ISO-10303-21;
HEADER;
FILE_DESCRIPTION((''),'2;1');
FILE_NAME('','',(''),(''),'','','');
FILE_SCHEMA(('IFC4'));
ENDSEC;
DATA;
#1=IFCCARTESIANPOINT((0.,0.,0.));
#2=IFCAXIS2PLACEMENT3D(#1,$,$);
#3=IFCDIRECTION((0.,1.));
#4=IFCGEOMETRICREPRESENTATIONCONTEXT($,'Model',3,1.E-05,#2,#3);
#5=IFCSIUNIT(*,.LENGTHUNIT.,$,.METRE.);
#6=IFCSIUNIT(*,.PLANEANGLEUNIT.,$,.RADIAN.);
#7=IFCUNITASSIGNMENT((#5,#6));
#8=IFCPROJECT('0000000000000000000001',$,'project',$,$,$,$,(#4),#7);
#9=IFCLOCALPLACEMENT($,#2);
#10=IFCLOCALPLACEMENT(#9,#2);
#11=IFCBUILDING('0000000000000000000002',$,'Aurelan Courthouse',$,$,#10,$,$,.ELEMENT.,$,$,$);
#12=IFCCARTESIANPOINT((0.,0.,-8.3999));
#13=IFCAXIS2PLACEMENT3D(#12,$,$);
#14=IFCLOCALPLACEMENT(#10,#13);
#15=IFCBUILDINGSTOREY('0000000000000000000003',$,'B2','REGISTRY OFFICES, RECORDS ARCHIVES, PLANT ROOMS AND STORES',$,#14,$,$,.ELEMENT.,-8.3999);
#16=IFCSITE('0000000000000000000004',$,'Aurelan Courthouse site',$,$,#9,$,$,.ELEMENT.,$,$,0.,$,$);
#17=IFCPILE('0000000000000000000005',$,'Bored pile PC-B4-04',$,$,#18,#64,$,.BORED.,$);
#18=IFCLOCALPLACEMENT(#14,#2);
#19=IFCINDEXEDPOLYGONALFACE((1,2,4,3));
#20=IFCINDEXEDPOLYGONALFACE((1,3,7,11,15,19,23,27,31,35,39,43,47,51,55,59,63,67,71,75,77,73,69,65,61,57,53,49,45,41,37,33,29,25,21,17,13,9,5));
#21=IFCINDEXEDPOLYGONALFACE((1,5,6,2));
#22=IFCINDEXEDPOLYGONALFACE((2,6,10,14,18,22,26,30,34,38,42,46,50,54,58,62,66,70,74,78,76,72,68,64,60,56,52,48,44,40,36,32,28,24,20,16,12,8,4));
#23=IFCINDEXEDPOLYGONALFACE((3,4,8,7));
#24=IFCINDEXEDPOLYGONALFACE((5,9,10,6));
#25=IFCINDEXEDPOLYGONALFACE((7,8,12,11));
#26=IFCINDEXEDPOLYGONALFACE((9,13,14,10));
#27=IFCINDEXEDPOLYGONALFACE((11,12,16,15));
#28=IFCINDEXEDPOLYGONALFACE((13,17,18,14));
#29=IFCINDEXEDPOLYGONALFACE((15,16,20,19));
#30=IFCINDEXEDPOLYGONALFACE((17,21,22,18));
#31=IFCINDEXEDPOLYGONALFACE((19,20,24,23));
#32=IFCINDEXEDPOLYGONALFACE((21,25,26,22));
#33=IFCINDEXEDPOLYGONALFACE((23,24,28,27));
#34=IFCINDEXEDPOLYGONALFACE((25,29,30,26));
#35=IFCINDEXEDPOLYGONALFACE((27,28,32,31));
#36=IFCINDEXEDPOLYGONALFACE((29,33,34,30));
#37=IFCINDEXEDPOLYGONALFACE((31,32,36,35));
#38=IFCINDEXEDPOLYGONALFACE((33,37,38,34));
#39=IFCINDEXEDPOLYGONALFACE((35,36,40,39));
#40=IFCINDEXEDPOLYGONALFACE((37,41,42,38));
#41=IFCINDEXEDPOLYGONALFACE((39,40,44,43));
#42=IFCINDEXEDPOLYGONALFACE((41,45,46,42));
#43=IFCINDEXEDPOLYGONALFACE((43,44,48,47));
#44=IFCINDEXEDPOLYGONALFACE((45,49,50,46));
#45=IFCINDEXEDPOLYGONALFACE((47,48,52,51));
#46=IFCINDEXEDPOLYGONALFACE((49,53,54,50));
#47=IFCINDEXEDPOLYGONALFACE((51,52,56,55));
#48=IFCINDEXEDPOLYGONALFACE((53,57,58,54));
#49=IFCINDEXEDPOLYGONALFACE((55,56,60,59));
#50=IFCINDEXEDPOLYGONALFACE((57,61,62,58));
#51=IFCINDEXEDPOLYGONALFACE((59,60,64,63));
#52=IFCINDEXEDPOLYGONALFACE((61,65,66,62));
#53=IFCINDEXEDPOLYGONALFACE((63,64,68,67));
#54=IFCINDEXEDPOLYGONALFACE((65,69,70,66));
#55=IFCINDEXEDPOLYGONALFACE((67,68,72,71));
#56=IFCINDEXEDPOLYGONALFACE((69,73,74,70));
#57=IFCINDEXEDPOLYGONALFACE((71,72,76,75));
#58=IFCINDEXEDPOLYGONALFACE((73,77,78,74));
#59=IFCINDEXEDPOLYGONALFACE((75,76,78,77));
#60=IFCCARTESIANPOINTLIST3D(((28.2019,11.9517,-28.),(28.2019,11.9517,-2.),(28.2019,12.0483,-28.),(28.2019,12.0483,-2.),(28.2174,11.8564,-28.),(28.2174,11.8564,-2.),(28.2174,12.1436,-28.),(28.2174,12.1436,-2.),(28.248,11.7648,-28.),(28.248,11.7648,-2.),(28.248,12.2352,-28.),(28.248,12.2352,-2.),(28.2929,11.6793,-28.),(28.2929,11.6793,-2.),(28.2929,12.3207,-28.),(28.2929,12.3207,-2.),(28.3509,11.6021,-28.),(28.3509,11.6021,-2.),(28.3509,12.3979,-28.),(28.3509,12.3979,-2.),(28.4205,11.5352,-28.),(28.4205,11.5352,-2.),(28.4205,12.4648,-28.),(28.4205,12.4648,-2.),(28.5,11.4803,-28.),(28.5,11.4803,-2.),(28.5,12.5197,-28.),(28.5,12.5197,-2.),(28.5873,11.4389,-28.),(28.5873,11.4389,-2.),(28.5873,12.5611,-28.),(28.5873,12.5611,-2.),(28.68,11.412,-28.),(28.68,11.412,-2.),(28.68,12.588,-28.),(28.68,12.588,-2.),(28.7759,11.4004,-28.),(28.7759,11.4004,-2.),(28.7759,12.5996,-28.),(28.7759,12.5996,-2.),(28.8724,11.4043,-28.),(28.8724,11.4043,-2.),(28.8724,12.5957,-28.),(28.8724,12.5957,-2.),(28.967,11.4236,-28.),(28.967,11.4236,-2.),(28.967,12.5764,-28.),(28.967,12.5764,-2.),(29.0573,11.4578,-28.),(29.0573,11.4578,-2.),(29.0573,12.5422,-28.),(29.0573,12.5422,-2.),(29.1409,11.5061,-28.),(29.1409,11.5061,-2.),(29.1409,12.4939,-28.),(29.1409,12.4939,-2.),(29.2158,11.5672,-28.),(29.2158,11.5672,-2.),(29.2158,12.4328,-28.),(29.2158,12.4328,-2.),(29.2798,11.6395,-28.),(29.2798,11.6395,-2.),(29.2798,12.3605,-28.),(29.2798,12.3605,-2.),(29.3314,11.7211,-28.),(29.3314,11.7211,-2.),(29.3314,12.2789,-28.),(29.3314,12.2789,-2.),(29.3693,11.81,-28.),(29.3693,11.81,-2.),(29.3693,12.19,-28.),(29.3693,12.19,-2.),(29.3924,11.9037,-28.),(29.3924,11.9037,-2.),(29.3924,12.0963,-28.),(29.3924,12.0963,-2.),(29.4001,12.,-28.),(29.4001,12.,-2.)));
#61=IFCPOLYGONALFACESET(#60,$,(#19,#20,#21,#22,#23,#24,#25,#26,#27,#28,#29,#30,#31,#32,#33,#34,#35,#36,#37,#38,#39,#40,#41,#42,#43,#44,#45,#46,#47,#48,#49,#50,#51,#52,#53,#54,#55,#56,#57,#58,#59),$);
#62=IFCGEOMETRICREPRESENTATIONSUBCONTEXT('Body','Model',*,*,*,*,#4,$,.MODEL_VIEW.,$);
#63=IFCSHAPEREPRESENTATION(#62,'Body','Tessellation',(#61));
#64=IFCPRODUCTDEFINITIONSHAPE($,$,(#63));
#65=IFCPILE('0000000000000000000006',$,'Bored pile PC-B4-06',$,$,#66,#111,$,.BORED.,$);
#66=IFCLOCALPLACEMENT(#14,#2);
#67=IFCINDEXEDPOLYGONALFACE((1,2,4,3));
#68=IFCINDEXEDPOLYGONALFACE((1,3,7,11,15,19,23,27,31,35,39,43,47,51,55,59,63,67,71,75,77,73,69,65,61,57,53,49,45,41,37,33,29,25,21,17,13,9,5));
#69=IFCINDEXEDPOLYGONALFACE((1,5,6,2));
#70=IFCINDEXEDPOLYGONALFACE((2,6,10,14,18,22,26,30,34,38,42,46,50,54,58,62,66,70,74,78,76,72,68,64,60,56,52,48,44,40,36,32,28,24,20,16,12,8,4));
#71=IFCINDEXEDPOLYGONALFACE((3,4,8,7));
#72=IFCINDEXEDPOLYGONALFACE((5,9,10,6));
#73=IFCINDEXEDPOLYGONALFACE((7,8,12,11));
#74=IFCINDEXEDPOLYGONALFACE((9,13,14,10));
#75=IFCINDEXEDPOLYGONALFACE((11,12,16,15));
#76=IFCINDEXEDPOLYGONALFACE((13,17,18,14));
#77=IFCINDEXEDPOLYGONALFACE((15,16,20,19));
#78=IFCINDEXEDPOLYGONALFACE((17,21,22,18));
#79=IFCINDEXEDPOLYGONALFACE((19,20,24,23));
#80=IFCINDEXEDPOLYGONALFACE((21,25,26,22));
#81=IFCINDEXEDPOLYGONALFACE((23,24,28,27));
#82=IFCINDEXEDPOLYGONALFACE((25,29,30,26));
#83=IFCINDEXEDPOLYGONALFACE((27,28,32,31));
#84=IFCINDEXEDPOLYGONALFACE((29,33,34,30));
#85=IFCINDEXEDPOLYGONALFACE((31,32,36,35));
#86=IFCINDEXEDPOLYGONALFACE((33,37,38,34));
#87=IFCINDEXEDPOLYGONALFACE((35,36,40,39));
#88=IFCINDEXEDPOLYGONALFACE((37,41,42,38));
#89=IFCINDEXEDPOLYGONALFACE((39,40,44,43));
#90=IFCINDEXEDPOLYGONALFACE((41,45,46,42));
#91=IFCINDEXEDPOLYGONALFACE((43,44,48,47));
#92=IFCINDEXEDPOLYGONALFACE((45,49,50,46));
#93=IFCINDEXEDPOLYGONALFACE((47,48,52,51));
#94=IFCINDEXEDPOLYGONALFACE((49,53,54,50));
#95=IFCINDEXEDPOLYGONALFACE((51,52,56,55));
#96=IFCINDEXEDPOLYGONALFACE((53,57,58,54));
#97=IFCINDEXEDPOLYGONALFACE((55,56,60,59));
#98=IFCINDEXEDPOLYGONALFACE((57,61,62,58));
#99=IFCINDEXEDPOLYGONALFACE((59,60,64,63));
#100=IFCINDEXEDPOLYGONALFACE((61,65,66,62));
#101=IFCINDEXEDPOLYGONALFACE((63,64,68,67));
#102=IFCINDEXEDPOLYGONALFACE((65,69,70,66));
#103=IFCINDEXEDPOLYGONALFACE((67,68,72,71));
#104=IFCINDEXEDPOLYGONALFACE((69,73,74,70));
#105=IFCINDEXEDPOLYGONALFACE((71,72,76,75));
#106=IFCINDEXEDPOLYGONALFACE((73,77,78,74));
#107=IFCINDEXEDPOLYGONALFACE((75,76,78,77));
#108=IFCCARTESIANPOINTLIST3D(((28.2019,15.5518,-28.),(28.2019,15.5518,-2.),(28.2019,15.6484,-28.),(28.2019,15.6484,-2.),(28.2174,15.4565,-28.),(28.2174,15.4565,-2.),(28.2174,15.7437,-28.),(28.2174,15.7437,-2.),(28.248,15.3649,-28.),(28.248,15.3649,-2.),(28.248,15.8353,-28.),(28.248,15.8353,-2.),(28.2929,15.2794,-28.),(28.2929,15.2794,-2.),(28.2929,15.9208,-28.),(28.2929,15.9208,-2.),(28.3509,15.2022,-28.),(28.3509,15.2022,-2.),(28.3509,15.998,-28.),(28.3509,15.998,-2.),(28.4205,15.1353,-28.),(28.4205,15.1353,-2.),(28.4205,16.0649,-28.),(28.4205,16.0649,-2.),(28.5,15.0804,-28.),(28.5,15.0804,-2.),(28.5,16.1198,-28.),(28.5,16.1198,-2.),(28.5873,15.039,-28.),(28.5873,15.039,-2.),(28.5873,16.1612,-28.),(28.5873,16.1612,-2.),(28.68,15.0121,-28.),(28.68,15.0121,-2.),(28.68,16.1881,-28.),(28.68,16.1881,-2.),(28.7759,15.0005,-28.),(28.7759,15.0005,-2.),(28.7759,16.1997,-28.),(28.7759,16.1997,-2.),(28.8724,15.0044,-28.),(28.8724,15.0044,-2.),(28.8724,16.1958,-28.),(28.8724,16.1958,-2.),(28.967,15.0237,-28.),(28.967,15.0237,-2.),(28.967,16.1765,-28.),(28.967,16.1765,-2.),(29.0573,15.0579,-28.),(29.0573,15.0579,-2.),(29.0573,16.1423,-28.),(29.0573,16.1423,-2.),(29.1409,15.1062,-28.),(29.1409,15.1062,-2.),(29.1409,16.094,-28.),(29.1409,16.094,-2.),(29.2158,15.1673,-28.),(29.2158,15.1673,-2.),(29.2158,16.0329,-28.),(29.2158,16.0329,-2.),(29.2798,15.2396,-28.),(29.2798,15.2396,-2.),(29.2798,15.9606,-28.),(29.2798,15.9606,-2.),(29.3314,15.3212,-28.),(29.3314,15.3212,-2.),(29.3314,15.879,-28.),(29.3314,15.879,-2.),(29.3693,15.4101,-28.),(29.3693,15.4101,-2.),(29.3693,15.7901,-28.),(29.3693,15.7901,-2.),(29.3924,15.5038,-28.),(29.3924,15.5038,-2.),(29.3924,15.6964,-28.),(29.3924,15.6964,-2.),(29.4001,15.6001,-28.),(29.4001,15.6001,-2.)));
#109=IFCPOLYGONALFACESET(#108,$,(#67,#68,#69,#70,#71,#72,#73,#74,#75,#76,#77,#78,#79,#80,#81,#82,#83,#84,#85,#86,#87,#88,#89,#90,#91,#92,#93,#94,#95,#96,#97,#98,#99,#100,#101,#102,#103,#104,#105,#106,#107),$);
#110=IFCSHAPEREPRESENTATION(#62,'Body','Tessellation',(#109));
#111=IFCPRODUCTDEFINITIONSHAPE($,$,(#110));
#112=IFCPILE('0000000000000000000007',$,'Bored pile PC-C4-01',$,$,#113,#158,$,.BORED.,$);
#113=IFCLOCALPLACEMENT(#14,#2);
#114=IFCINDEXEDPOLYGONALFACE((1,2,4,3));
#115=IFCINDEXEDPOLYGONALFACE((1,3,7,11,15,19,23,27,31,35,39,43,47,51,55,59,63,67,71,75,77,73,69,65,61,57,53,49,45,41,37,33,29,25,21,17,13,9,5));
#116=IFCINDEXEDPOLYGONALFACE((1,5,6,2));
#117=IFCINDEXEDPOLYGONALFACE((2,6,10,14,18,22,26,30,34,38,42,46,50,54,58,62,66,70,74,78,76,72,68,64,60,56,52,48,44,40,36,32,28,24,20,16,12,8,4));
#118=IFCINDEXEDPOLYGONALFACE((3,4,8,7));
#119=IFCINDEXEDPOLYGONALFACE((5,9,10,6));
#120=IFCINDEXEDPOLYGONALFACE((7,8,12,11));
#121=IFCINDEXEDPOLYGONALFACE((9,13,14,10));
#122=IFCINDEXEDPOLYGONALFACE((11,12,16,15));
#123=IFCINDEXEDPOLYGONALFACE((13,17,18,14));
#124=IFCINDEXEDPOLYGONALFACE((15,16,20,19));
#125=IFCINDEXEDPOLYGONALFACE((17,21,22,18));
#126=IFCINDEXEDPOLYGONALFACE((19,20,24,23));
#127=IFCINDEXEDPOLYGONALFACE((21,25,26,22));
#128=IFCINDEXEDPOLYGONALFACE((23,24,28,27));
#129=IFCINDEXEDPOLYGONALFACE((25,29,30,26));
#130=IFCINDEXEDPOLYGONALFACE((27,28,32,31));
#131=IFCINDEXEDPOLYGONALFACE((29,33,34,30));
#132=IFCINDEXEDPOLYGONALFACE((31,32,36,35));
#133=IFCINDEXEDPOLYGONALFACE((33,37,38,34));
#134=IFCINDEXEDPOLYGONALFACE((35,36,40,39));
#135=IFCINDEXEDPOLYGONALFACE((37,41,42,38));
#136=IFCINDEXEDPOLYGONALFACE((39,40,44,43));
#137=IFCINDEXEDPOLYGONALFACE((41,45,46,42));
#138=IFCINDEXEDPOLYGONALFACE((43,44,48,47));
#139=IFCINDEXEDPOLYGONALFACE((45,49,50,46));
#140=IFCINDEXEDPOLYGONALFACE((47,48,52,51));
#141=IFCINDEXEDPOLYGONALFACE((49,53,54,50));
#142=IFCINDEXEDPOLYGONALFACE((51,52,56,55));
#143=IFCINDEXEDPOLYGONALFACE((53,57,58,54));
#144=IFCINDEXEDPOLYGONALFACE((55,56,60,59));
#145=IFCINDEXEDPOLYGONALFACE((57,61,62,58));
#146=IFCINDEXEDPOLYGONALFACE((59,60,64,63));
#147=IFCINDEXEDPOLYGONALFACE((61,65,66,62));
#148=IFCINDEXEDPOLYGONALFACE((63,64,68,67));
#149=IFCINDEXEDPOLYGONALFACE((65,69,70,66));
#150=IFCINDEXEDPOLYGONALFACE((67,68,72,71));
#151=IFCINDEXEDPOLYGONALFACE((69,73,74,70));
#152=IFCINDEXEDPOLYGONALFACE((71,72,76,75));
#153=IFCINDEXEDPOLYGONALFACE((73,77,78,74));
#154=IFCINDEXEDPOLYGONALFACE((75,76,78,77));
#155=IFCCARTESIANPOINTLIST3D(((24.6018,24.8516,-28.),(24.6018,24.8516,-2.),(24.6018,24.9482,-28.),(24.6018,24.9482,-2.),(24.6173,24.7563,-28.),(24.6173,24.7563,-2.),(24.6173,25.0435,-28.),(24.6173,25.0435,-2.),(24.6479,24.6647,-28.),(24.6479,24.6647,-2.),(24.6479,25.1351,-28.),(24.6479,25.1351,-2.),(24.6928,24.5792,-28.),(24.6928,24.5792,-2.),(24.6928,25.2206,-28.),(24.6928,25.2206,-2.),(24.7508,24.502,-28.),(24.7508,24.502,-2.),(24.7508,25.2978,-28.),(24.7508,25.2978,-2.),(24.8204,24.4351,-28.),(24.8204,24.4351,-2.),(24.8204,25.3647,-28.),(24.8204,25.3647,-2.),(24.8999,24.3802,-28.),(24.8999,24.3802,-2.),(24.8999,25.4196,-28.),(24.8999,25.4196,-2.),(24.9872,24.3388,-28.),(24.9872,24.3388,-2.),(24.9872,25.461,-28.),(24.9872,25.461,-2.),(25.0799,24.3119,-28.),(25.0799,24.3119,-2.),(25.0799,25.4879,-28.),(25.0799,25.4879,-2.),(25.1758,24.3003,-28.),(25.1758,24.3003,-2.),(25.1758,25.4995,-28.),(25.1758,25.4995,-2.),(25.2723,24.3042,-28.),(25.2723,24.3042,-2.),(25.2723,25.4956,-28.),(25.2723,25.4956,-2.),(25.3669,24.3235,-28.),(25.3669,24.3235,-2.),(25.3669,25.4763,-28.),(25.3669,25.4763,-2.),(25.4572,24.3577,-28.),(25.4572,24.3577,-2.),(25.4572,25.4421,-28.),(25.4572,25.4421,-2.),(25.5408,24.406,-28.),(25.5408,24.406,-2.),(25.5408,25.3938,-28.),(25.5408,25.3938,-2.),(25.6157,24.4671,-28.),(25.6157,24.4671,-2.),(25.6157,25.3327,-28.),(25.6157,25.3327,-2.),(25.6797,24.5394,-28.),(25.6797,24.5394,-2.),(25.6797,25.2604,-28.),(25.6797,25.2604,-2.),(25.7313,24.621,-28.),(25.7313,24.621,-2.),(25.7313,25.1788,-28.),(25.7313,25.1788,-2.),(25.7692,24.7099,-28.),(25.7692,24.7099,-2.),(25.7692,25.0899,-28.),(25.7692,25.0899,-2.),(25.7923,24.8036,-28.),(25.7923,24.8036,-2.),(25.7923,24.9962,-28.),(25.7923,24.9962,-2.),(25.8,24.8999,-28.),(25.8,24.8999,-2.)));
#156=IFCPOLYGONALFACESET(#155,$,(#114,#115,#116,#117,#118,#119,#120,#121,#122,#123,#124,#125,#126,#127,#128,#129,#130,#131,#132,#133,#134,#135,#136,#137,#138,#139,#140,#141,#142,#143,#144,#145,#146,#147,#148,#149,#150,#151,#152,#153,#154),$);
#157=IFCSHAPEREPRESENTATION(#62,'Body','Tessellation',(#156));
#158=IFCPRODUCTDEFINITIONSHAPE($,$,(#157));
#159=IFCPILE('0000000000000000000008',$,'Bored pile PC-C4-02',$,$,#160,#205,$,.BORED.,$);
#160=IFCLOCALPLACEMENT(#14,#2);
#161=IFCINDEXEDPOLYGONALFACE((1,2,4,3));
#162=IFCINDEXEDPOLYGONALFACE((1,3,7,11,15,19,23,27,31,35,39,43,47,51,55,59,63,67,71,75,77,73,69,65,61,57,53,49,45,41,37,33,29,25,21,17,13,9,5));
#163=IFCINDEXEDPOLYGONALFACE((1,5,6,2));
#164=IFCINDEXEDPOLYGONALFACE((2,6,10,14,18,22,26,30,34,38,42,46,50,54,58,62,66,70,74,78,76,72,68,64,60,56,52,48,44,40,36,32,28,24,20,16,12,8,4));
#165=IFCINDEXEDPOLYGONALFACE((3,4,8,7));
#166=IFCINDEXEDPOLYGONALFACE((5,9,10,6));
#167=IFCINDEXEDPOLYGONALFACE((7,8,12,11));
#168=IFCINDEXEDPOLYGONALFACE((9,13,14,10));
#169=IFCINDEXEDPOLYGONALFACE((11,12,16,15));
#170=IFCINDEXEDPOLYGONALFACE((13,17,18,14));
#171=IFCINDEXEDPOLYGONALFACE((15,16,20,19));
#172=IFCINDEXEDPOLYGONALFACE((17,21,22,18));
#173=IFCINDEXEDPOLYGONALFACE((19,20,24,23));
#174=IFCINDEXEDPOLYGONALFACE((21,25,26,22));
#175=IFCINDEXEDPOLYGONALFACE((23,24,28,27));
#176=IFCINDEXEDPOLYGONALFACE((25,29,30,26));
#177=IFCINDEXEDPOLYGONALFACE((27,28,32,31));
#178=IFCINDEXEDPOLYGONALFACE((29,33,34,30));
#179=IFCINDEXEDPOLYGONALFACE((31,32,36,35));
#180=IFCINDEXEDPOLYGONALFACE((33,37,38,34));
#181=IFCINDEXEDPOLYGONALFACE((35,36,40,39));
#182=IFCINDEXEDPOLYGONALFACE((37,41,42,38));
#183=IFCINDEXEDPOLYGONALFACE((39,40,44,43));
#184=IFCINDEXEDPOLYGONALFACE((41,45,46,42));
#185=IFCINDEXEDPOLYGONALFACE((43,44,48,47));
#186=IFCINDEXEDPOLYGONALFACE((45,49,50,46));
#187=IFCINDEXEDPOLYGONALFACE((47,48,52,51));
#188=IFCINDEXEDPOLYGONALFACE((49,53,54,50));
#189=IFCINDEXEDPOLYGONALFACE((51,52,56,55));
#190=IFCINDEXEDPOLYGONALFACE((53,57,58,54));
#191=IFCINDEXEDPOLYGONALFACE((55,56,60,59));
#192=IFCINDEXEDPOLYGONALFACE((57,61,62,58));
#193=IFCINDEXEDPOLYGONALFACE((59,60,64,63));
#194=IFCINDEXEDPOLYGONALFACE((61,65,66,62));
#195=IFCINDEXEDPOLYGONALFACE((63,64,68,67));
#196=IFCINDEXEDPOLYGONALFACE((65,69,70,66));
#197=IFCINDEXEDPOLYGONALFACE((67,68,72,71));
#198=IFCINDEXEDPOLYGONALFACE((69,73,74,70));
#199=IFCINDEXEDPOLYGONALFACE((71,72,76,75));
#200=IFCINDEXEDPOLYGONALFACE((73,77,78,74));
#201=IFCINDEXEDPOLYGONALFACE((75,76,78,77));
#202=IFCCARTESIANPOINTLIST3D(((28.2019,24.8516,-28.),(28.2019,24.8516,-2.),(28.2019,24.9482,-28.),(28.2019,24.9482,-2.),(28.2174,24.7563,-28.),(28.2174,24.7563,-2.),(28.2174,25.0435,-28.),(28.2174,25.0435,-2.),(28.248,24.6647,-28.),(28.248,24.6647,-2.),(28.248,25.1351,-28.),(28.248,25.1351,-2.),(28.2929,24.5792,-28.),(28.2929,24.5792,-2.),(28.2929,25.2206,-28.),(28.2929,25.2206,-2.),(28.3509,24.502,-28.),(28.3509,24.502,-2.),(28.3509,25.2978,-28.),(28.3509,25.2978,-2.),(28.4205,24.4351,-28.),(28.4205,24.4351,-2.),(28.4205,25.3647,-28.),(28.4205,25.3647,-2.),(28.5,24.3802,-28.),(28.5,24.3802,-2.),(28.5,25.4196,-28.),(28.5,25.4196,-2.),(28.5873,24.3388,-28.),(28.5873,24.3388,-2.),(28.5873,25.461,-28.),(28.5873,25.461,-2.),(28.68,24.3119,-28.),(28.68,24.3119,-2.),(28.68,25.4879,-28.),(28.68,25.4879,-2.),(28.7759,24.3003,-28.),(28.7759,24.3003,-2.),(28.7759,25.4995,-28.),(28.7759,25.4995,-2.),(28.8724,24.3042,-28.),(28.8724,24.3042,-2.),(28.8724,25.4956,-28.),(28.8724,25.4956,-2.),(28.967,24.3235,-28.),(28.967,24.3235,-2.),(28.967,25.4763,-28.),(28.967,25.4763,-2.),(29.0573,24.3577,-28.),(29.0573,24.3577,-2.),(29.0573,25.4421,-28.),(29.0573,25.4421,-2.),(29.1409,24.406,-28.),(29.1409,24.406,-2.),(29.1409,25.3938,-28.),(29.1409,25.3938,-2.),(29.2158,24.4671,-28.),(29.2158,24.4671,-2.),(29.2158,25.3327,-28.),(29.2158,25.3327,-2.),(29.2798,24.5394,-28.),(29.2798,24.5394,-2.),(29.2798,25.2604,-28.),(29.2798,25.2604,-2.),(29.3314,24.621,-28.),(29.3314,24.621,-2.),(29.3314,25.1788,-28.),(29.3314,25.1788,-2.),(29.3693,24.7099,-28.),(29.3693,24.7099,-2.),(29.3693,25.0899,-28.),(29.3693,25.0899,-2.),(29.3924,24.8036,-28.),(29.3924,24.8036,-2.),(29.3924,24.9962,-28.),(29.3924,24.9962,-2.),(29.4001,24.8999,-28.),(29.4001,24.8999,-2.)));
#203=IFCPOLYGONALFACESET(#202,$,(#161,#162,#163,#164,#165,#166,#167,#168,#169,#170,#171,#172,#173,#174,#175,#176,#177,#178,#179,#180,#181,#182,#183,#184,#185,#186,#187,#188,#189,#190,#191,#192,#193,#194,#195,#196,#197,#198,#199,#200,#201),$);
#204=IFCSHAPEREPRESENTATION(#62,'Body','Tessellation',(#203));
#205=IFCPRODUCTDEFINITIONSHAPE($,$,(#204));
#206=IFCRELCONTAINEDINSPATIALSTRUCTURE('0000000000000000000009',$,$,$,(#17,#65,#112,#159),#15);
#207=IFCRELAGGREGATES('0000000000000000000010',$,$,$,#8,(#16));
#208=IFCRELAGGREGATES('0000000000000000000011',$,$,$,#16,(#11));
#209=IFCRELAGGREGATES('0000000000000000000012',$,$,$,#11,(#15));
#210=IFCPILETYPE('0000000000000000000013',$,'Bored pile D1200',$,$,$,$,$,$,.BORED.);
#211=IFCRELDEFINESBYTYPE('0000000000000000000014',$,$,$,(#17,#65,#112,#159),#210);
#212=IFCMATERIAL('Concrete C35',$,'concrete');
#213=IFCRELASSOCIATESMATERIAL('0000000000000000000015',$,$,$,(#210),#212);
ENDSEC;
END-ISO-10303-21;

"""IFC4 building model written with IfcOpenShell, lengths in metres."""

from ifc_helpers import new_model, si_unit, direction, frame, origin, origin_2d, place, context, subcontext, project, spatial, circle, extrude, material, material_profile, profile_set, type_object, element, save


model = new_model("IFC4")

# Units and contexts
model_context = context("Model", 3, precision=1e-05, world=origin(), true_north=direction((0.0, 1.0)))
body_context = subcontext(model_context, "Body", "Model", "MODEL_VIEW")
ifc_project = project(units=[si_unit("LENGTHUNIT", "METRE"), si_unit("PLANEANGLEUNIT", "RADIAN")], contexts=[model_context])

# Site, building, storey
site_placement = place(None, origin())
site = spatial("IfcSite", under=ifc_project, at=site_placement, Name="Aurelan Courthouse site", CompositionType="ELEMENT", RefElevation=0.0)
building_placement = place(site_placement, origin())
building = spatial("IfcBuilding", under=site, at=building_placement, Name="Aurelan Courthouse", CompositionType="ELEMENT")
storey_placement = place(building_placement, frame((0.0, 0.0, -8.3999)))
storey = spatial("IfcBuildingStorey", under=building, at=storey_placement, Name="B2", Description="REGISTRY OFFICES, RECORDS ARCHIVES, PLANT ROOMS AND STORES", CompositionType="ELEMENT", Elevation=-8.3999)

# Piles
ifc_material_1 = material(Name="Concrete C35", Category="concrete")
ifc_material_profile_1 = material_profile(ifc_material_1, circle(Radius=0.6001, at=origin_2d()), Name="D1200")
ifc_profile_set_1 = profile_set([ifc_material_profile_1], Name="Concrete C35")
pile_type_1 = type_object("IfcPileType", Name="Bored pile D1200", PredefinedType="BORED", material=ifc_profile_set_1)
for number, where, z_axis, x_axis, name in (
    (1, (28.8, 12.0, -2.0), (0.0, 0.0, -1.0), (1.0, 0.0, 0.0), "Bored pile PC-B4-04"),
    (2, (28.8, 15.6001, -2.0), (0.0, 0.0, -1.0), (1.0, 0.0, 0.0), "Bored pile PC-B4-06"),
    (3, (25.2, 24.8999, -2.0), (0.0, 0.0, -1.0), (1.0, 0.0, 0.0), "Bored pile PC-C4-01"),
    (4, (28.8, 24.8999, -2.0), (0.0, 0.0, -1.0), (1.0, 0.0, 0.0), "Bored pile PC-C4-02"),
):
    element("IfcPile", number, at=place(storey_placement, frame(where, z_axis=z_axis, x_axis=x_axis)), inside=storey, type_object=pile_type_1, Name=name, PredefinedType="BORED", context=body_context, shape_type="SweptSolid", body=[
        extrude(circle(Radius=0.6001, at=origin_2d()), origin(), (0.0, 0.0, 1.0), 26.0),
    ])

save(model, "model.ifc")
